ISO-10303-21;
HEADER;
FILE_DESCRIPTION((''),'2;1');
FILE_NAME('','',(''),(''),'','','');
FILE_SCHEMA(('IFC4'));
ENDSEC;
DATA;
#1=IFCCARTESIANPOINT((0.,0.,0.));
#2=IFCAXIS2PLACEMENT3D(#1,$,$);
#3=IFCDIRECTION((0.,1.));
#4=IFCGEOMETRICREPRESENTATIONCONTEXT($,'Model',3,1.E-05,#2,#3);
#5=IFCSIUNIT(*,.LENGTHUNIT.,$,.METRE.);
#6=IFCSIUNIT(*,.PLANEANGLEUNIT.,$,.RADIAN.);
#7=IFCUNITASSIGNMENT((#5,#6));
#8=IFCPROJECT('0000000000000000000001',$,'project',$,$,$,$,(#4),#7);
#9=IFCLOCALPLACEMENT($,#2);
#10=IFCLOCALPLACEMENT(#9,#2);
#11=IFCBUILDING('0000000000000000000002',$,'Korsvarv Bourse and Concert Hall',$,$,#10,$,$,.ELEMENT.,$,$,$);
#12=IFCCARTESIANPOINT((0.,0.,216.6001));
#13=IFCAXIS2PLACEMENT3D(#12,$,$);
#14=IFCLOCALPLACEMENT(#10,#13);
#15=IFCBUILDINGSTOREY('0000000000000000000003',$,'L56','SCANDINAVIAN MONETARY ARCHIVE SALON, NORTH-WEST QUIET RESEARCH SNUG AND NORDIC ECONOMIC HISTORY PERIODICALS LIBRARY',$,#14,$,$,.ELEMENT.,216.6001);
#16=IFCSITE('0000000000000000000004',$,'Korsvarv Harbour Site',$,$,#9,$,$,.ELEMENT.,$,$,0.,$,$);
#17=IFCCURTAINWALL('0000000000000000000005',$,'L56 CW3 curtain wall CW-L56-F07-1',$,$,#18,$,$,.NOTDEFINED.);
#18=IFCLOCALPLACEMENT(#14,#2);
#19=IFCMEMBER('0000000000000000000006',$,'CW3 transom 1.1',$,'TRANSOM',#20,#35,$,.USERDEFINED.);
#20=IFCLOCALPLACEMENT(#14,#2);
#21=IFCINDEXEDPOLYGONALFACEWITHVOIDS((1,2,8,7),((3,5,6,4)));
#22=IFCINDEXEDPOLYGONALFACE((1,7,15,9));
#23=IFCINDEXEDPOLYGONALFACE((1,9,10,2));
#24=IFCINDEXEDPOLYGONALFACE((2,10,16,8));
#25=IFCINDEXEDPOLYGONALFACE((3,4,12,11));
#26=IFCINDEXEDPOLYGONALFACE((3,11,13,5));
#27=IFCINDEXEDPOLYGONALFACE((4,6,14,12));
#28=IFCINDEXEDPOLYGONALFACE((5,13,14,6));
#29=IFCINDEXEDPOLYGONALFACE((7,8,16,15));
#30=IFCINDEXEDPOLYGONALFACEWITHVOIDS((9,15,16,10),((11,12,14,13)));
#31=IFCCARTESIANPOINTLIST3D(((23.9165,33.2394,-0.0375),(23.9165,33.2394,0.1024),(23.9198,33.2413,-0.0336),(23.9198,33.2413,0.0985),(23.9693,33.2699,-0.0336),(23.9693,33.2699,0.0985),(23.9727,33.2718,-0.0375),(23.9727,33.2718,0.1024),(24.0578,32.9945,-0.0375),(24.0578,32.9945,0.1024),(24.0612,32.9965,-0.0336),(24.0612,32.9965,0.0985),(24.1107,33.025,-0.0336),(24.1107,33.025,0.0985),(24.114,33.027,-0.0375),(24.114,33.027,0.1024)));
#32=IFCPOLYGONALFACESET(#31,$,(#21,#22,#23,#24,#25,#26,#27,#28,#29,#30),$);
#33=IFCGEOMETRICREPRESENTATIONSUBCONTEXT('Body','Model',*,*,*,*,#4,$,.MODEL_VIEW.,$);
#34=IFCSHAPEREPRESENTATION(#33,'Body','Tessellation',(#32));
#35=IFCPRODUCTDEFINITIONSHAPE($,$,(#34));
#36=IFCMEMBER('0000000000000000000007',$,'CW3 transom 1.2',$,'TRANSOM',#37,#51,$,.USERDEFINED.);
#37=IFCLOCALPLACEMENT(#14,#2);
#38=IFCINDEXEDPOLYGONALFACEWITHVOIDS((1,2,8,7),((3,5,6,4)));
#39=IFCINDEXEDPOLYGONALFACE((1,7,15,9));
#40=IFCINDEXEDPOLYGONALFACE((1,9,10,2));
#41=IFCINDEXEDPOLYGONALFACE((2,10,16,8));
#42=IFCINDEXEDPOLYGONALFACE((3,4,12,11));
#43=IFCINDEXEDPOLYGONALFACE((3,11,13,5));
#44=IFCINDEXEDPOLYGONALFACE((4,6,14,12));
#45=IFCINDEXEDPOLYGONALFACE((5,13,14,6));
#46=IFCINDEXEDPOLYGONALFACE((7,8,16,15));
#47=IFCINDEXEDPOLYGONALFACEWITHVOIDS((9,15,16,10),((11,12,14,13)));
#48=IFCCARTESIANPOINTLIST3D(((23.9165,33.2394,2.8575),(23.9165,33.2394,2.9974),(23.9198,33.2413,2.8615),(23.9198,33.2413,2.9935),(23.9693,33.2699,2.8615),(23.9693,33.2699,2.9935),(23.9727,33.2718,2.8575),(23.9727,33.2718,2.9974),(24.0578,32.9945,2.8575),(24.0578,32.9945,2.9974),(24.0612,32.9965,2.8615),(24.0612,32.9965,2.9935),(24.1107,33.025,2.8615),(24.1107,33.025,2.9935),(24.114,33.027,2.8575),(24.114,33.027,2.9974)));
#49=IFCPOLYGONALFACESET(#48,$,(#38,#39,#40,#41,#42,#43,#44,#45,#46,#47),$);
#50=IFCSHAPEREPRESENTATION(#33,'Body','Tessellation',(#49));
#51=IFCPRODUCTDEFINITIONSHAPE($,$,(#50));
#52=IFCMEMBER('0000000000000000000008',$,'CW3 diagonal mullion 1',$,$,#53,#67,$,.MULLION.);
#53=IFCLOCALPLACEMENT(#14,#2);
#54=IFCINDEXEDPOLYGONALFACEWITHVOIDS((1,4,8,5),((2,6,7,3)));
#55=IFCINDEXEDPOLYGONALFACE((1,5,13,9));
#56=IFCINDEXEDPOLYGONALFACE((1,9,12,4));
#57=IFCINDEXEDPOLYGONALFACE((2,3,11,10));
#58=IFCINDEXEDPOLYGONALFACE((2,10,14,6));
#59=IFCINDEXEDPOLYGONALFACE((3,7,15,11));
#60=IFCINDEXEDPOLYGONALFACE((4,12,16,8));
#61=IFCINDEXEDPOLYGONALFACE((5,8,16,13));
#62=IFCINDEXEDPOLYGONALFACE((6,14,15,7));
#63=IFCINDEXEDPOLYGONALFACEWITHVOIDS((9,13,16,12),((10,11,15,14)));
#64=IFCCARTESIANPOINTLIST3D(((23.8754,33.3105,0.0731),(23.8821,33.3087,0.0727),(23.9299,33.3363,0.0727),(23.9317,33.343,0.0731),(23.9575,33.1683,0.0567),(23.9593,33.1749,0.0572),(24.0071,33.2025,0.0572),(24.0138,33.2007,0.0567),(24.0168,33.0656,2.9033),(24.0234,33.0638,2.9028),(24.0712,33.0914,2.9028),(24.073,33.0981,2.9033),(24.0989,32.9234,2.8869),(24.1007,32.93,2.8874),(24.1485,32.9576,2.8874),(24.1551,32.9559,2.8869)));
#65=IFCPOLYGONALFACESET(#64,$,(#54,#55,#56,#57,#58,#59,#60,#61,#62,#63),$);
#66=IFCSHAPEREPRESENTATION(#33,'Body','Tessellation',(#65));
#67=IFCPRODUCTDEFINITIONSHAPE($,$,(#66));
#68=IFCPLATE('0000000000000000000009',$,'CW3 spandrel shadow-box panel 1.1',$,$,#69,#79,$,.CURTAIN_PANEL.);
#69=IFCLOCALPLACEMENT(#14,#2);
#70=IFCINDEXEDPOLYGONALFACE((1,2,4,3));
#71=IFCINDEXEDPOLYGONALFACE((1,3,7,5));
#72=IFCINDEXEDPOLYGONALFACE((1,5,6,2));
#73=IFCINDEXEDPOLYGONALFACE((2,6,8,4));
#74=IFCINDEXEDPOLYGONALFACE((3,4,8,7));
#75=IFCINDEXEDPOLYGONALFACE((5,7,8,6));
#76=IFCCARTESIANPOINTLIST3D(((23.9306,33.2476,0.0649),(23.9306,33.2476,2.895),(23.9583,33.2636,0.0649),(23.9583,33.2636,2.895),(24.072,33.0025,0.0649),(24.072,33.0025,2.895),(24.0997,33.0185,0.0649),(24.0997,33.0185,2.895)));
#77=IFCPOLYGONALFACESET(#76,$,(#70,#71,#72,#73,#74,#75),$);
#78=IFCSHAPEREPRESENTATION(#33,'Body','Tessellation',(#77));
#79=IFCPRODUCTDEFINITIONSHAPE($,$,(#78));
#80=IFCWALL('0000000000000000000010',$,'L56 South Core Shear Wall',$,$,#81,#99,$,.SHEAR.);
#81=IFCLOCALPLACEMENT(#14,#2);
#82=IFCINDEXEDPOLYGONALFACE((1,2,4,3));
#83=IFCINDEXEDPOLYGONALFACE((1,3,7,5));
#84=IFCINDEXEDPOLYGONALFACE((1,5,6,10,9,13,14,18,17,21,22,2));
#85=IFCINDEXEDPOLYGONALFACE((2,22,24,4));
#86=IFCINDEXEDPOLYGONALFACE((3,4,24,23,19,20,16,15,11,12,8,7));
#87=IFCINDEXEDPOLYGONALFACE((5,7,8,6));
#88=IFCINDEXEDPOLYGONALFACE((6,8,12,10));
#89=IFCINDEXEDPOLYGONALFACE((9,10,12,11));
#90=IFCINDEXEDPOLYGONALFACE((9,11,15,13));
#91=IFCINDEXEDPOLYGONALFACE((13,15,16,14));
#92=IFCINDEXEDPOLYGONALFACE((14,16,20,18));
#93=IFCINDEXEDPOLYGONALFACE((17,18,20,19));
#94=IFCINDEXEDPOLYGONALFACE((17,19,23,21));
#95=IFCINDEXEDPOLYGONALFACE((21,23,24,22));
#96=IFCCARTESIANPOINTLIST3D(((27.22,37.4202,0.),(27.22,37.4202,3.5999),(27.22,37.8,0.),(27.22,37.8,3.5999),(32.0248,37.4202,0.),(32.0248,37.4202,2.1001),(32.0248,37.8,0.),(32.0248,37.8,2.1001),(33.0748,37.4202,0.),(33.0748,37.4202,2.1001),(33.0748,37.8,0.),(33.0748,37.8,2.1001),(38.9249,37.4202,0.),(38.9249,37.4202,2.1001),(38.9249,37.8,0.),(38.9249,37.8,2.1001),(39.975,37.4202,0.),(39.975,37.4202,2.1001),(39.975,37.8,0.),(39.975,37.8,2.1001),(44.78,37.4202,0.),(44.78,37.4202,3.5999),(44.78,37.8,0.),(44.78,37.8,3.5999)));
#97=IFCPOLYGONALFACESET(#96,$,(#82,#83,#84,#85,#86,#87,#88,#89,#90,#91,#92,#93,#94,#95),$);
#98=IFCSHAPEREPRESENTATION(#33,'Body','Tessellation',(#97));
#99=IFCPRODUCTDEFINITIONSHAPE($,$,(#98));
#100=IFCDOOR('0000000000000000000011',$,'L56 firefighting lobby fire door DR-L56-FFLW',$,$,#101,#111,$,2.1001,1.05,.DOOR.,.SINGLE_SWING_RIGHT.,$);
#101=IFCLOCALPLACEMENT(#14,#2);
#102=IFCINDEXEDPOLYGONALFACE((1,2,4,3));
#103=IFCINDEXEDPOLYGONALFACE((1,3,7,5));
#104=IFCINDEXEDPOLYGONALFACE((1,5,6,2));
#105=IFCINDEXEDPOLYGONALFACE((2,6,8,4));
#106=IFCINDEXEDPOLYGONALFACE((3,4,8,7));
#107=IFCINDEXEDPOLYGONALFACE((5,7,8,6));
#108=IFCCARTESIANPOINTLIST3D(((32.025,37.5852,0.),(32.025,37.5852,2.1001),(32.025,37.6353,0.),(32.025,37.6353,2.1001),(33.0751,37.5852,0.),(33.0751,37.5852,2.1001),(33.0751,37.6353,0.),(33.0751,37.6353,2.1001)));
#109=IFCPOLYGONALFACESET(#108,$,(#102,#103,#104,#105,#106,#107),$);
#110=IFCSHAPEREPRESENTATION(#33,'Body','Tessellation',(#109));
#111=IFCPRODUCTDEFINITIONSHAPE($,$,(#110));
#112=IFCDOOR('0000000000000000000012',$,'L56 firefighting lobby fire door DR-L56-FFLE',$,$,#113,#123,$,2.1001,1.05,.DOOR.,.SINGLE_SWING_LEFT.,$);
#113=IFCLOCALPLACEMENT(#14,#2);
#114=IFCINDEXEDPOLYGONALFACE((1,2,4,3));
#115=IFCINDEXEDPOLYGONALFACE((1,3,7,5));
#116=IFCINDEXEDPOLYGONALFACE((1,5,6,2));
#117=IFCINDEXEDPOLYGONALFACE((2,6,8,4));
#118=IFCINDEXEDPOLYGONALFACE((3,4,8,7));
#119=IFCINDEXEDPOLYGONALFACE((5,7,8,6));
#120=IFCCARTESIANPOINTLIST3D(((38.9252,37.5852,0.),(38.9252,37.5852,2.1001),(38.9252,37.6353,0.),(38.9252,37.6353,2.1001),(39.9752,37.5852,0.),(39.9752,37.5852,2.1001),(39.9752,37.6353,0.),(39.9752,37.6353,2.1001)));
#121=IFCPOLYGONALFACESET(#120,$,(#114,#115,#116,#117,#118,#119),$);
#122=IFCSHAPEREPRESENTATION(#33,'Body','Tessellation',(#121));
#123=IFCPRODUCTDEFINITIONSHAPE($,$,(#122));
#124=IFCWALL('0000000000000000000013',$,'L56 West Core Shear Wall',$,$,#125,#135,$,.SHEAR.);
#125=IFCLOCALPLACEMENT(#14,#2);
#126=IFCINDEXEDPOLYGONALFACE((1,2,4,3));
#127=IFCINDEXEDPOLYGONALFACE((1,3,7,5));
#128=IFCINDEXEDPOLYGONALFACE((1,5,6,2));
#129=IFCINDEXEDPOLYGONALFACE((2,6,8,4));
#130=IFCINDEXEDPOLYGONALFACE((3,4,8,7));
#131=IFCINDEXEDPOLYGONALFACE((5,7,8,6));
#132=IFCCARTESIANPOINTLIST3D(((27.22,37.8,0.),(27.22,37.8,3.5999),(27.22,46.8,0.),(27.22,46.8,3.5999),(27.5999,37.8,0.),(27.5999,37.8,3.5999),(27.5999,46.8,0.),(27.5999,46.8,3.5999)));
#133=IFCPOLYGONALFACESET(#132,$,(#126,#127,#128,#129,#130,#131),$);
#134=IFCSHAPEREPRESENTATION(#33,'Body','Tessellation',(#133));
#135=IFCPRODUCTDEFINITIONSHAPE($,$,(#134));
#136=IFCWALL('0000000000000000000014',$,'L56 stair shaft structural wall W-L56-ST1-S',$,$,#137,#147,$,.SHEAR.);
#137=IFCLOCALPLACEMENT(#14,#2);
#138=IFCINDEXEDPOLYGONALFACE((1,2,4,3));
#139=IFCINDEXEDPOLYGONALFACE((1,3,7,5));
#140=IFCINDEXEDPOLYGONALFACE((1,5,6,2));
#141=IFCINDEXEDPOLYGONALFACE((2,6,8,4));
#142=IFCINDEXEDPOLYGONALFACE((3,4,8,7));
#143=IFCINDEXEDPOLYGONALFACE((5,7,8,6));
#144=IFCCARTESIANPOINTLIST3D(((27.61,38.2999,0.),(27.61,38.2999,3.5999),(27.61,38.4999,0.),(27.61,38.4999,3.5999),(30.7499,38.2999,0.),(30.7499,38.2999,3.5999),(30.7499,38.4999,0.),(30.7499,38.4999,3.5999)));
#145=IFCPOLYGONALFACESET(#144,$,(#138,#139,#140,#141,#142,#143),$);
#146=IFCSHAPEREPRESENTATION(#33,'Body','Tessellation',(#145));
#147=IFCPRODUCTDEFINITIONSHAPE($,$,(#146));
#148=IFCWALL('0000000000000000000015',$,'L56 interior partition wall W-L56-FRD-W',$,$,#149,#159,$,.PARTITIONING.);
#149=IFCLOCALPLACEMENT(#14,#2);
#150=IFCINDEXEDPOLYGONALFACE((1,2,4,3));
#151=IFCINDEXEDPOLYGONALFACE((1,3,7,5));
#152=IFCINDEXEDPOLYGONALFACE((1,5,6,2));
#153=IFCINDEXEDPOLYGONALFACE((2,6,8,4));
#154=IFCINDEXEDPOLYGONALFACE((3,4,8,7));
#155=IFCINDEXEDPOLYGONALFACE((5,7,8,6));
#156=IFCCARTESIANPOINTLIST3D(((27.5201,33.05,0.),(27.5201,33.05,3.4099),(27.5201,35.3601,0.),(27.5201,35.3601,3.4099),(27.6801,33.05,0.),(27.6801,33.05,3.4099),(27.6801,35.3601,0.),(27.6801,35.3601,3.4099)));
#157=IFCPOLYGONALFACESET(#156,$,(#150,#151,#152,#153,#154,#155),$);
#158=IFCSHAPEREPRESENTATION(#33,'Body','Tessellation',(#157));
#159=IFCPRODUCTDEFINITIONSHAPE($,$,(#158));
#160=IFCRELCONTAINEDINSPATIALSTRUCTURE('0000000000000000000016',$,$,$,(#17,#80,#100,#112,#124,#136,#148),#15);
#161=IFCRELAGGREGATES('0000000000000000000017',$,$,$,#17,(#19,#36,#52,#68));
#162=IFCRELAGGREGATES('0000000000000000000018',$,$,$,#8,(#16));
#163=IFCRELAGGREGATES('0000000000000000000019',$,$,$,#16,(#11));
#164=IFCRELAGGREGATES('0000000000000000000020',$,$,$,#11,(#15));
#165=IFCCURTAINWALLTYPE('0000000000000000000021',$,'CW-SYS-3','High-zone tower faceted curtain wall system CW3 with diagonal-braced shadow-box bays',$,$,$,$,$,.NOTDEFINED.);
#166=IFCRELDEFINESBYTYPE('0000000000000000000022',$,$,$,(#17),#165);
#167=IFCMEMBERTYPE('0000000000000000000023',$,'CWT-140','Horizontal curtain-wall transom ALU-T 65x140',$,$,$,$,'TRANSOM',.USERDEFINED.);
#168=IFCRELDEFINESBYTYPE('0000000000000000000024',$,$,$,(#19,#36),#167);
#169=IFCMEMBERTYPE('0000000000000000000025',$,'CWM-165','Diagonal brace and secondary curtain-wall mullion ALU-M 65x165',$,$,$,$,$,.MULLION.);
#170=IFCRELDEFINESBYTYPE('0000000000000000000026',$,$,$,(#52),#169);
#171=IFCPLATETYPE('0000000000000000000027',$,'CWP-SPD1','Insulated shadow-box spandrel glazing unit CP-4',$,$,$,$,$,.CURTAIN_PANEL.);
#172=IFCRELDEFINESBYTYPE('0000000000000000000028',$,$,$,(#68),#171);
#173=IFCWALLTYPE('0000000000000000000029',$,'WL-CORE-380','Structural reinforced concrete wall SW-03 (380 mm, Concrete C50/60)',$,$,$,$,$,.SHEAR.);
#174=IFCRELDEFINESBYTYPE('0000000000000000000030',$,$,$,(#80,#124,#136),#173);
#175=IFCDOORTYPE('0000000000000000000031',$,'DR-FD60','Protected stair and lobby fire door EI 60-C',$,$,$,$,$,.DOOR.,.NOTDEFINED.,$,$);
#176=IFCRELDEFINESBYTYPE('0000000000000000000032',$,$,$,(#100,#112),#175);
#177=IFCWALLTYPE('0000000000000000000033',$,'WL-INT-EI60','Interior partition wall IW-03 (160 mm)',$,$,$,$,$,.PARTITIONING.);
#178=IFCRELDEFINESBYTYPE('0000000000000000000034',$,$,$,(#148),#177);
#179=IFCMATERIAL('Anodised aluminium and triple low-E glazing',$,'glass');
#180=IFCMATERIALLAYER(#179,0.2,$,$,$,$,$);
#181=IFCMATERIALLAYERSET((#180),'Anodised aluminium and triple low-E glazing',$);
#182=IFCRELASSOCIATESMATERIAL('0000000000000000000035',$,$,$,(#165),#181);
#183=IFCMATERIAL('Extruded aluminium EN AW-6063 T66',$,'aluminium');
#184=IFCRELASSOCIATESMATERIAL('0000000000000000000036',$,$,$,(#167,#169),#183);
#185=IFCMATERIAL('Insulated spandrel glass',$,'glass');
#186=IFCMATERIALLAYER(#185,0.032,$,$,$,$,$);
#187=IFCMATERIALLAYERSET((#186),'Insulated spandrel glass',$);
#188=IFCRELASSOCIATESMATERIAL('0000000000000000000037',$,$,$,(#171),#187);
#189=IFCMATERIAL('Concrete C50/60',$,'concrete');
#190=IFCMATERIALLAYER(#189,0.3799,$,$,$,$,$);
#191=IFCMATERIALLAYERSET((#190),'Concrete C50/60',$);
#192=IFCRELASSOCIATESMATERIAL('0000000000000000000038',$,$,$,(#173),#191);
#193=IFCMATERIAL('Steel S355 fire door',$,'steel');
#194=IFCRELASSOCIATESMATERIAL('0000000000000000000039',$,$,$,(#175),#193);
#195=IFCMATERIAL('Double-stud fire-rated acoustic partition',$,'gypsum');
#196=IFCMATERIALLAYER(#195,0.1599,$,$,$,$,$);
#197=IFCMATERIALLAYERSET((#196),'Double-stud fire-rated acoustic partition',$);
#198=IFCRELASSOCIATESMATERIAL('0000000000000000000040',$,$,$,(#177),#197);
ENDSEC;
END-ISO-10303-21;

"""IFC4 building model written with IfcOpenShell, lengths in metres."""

from ifc_helpers import new_model, si_unit, direction, frame, frame_2d, origin, origin_2d, place, context, subcontext, project, spatial, rectangle, hollow_rectangle, extrude, source, transform, mapped, material, layer, layer_set, material_profile, profile_set, type_object, element, fill, aggregate, save


model = new_model("IFC4")

# Units and contexts
model_context = context("Model", 3, precision=1e-05, world=origin(), true_north=direction((0.0, 1.0)))
body_context = subcontext(model_context, "Body", "Model", "MODEL_VIEW")
ifc_project = project(units=[si_unit("LENGTHUNIT", "METRE"), si_unit("PLANEANGLEUNIT", "RADIAN")], contexts=[model_context])

# Site, building, storey
site_placement = place(None, origin())
site = spatial("IfcSite", under=ifc_project, at=site_placement, Name="Korsvarv Harbour Site", CompositionType="ELEMENT", RefElevation=0.0)
building_placement = place(site_placement, origin())
building = spatial("IfcBuilding", under=site, at=building_placement, Name="Korsvarv Bourse and Concert Hall", CompositionType="ELEMENT")
storey_placement = place(building_placement, frame((0.0, 0.0, 216.6001)))
storey = spatial("IfcBuildingStorey", under=building, at=storey_placement, Name="L56", Description="SCANDINAVIAN MONETARY ARCHIVE SALON, NORTH-WEST QUIET RESEARCH SNUG AND NORDIC ECONOMIC HISTORY PERIODICALS LIBRARY", CompositionType="ELEMENT", Elevation=216.6001)

# Curtain wall, members, plate
ifc_material_1 = material(Name="Anodised aluminium and triple low-E glazing", Category="glass")
ifc_layer_1 = layer(ifc_material_1, 0.2)
ifc_layer_set_1 = layer_set([ifc_layer_1], Name="Anodised aluminium and triple low-E glazing")
curtain_wall_type = type_object("IfcCurtainWallType", Name="CW-SYS-3", Description="High-zone tower faceted curtain wall system CW3 with diagonal-braced shadow-box bays", PredefinedType="NOTDEFINED", material=ifc_layer_set_1)
curtain_wall_placement = place(storey_placement, origin())
curtain_wall = element("IfcCurtainWall", 1, at=curtain_wall_placement, inside=storey, type_object=curtain_wall_type, Name="L56 CW3 curtain wall CW-L56-F07-1", PredefinedType="NOTDEFINED")
ifc_material_2 = material(Name="Extruded aluminium EN AW-6063 T66", Category="aluminium")
ifc_material_profile_1 = material_profile(ifc_material_2, hollow_rectangle(XDim=0.0649, YDim=0.1399, WallThickness=0.0039, at=origin_2d()), Name="ALU-T 65x140")
ifc_profile_set_1 = profile_set([ifc_material_profile_1], Name="Extruded aluminium EN AW-6063 T66")
member_type_1 = type_object("IfcMemberType", Name="CWT-140", Description="Horizontal curtain-wall transom ALU-T 65x140", ElementType="TRANSOM", PredefinedType="USERDEFINED", material=ifc_profile_set_1)
shared_shape_1 = source(origin(), body_context, "Body", "SweptSolid", [
    extrude(hollow_rectangle(XDim=0.0649, YDim=0.1399, WallThickness=0.0039, at=origin_2d()), origin(), (0.0, 0.0, 1.0), 0.2827),
])
member_1_placement = place(storey_placement, frame((23.9446, 33.2556, 0.0325), z_axis=(0.499947, -0.866056, 0.0), x_axis=(0.866056, 0.499947, 0.0)))
member_1 = element("IfcMember", 2, at=member_1_placement, type_object=member_type_1, Name="CW3 transom 1.1", ObjectType="TRANSOM", PredefinedType="USERDEFINED", context=body_context, shape_type="MappedRepresentation", body=[
    mapped(shared_shape_1, transform((0.0, 0.0, 0.0), scale=1.0)),
])
member_2_placement = place(storey_placement, frame((23.9446, 33.2556, 2.9275), z_axis=(0.499947, -0.866056, 0.0), x_axis=(0.866056, 0.499947, 0.0)))
member_2 = element("IfcMember", 3, at=member_2_placement, type_object=member_type_1, Name="CW3 transom 1.2", ObjectType="TRANSOM", PredefinedType="USERDEFINED", context=body_context, shape_type="MappedRepresentation", body=[
    mapped(shared_shape_1, transform((0.0, 0.0, 0.0), scale=1.0)),
])
ifc_material_profile_2 = material_profile(ifc_material_2, hollow_rectangle(XDim=0.0649, YDim=0.165, WallThickness=0.0049, at=origin_2d()), Name="ALU-M 65x165")
ifc_profile_set_2 = profile_set([ifc_material_profile_2], Name="Extruded aluminium EN AW-6063 T66")
member_type_2 = type_object("IfcMemberType", Name="CWM-165", Description="Diagonal brace and secondary curtain-wall mullion ALU-M 65x165", PredefinedType="MULLION", material=ifc_profile_set_2)
shared_shape_2 = source(origin(), body_context, "Body", "SweptSolid", [
    extrude(hollow_rectangle(XDim=0.0649, YDim=0.165, WallThickness=0.0049, at=origin_2d()), origin(), (0.0, 0.0, 1.0), 2.8442),
])
member_3_placement = place(storey_placement, frame((23.9446, 33.2556, 0.0649), z_axis=(0.049701, -0.086097, 0.995046), x_axis=(0.866056, 0.499947, 0.0)))
member_3 = element("IfcMember", 4, at=member_3_placement, type_object=member_type_2, Name="CW3 diagonal mullion 1", PredefinedType="MULLION", context=body_context, shape_type="MappedRepresentation", body=[
    mapped(shared_shape_2, transform((0.0, 0.0, 0.0), scale=1.0)),
])
ifc_material_3 = material(Name="Insulated spandrel glass", Category="glass")
ifc_layer_2 = layer(ifc_material_3, 0.032)
ifc_layer_set_2 = layer_set([ifc_layer_2], Name="Insulated spandrel glass")
plate_type = type_object("IfcPlateType", Name="CWP-SPD1", Description="Insulated shadow-box spandrel glazing unit CP-4", PredefinedType="CURTAIN_PANEL", material=ifc_layer_set_2)
shared_shape_3 = source(origin(), body_context, "Body", "SweptSolid", [
    extrude(rectangle(XDim=0.283, YDim=0.032, at=origin_2d()), origin(), (0.0, 0.0, 1.0), 2.8301),
])
plate_placement = place(storey_placement, frame((24.0151, 33.1331, 0.0649), z_axis=(0.0, 0.0, 1.0), x_axis=(0.499954, -0.866052, 0.0)))
plate = element("IfcPlate", 5, at=plate_placement, type_object=plate_type, Name="CW3 spandrel shadow-box panel 1.1", PredefinedType="CURTAIN_PANEL", context=body_context, shape_type="MappedRepresentation", body=[
    mapped(shared_shape_3, transform((0.0, 0.0, 0.0), scale=1.0)),
])
aggregate(curtain_wall, [member_1, member_2, member_3, plate])

# Wall, openings, doors
ifc_material_4 = material(Name="Concrete C50/60", Category="concrete")
ifc_layer_3 = layer(ifc_material_4, 0.3799)
ifc_layer_set_3 = layer_set([ifc_layer_3], Name="Concrete C50/60")
wall_type_1 = type_object("IfcWallType", Name="WL-CORE-380", Description="Structural reinforced concrete wall SW-03 (380 mm, Concrete C50/60)", PredefinedType="SHEAR", material=ifc_layer_set_3)
wall_1_placement = place(storey_placement, frame((27.22, 37.6101, 0.0), z_axis=(0.0, 0.0, 1.0), x_axis=(1.0, 0.0, 0.0)))
wall_1 = element("IfcWall", 6, at=wall_1_placement, inside=storey, type_object=wall_type_1, Name="L56 South Core Shear Wall", PredefinedType="SHEAR", context=body_context, shape_type="SweptSolid", body=[
    extrude(rectangle(XDim=17.5601, YDim=0.3799, at=frame_2d((8.78, 0.0))), origin(), (0.0, 0.0, 1.0), 3.5999),
])
opening_1_placement = place(wall_1_placement, frame((4.8049, 0.0, 0.0)))
opening_1 = element("IfcOpeningElement", 7, at=opening_1_placement, cuts=wall_1, PredefinedType="OPENING", context=body_context, shape_type="SweptSolid", body=[
    extrude(rectangle(XDim=1.05, YDim=2.1001, at=frame_2d((0.5249, 1.05))), frame((0.0, 0.2, 0.0), z_axis=(0.0, -1.0, 0.0), x_axis=(1.0, 0.0, 0.0)), (0.0, 0.0, 1.0), 0.3999),
])
opening_2_placement = place(wall_1_placement, frame((11.7051, 0.0, 0.0)))
opening_2 = element("IfcOpeningElement", 8, at=opening_2_placement, cuts=wall_1, PredefinedType="OPENING", context=body_context, shape_type="SweptSolid", body=[
    extrude(rectangle(XDim=1.05, YDim=2.1001, at=frame_2d((0.5249, 1.05))), frame((0.0, 0.2, 0.0), z_axis=(0.0, -1.0, 0.0), x_axis=(1.0, 0.0, 0.0)), (0.0, 0.0, 1.0), 0.3999),
])
ifc_material_5 = material(Name="Steel S355 fire door", Category="steel")
door_type = type_object("IfcDoorType", Name="DR-FD60", Description="Protected stair and lobby fire door EI 60-C", OperationType="NOTDEFINED", PredefinedType="DOOR", material=ifc_material_5)
door_1_placement = place(opening_1_placement, frame((1.05, 0.0, 0.0), z_axis=(0.0, 0.0, 1.0), x_axis=(-1.0, 0.0, 0.0)))
door_1 = element("IfcDoor", 9, at=door_1_placement, inside=storey, type_object=door_type, Name="L56 firefighting lobby fire door DR-L56-FFLW", OperationType="SINGLE_SWING_RIGHT", OverallHeight=2.1001, OverallWidth=1.05, PredefinedType="DOOR", context=body_context, shape_type="SweptSolid", body=[
    extrude(rectangle(XDim=1.05, YDim=2.1001, at=frame_2d((0.5249, 1.05))), frame((0.0, 0.0249, 0.0), z_axis=(0.0, -1.0, 0.0), x_axis=(1.0, 0.0, 0.0)), (0.0, 0.0, 1.0), 0.05),
])
fill(opening_1, door_1)
door_2_placement = place(opening_2_placement, frame((1.05, 0.0, 0.0), z_axis=(0.0, 0.0, 1.0), x_axis=(-1.0, 0.0, 0.0)))
door_2 = element("IfcDoor", 10, at=door_2_placement, inside=storey, type_object=door_type, Name="L56 firefighting lobby fire door DR-L56-FFLE", OperationType="SINGLE_SWING_LEFT", OverallHeight=2.1001, OverallWidth=1.05, PredefinedType="DOOR", context=body_context, shape_type="SweptSolid", body=[
    extrude(rectangle(XDim=1.05, YDim=2.1001, at=frame_2d((0.5249, 1.05))), frame((0.0, 0.0249, 0.0), z_axis=(0.0, -1.0, 0.0), x_axis=(1.0, 0.0, 0.0)), (0.0, 0.0, 1.0), 0.05),
])
fill(opening_2, door_2)

# Walls
wall_2_placement = place(storey_placement, frame((27.4099, 37.8, 0.0), z_axis=(0.0, 0.0, 1.0), x_axis=(0.0, 1.0, 0.0)))
element("IfcWall", 11, at=wall_2_placement, inside=storey, type_object=wall_type_1, Name="L56 West Core Shear Wall", PredefinedType="SHEAR", context=body_context, shape_type="SweptSolid", body=[
    extrude(rectangle(XDim=9.0, YDim=0.3799, at=frame_2d((4.5, 0.0))), origin(), (0.0, 0.0, 1.0), 3.5999),
])
wall_3_placement = place(storey_placement, frame((27.6101, 38.3999, 0.0), z_axis=(0.0, 0.0, 1.0), x_axis=(1.0, 0.0, 0.0)))
element("IfcWall", 12, at=wall_3_placement, inside=storey, type_object=wall_type_1, Name="L56 stair shaft structural wall W-L56-ST1-S", PredefinedType="SHEAR", context=body_context, shape_type="SweptSolid", body=[
    extrude(rectangle(XDim=3.1399, YDim=0.2, at=frame_2d((1.5698, 0.0))), origin(), (0.0, 0.0, 1.0), 3.5999),
])
ifc_material_6 = material(Name="Double-stud fire-rated acoustic partition", Category="gypsum")
ifc_layer_4 = layer(ifc_material_6, 0.1599)
ifc_layer_set_4 = layer_set([ifc_layer_4], Name="Double-stud fire-rated acoustic partition")
wall_type_2 = type_object("IfcWallType", Name="WL-INT-EI60", Description="Interior partition wall IW-03 (160 mm)", PredefinedType="PARTITIONING", material=ifc_layer_set_4)
wall_4_placement = place(storey_placement, frame((27.6001, 33.05, 0.0), z_axis=(0.0, 0.0, 1.0), x_axis=(0.0, 1.0, 0.0)))
element("IfcWall", 13, at=wall_4_placement, inside=storey, type_object=wall_type_2, Name="L56 interior partition wall W-L56-FRD-W", PredefinedType="PARTITIONING", context=body_context, shape_type="SweptSolid", body=[
    extrude(rectangle(XDim=2.3101, YDim=0.1599, at=frame_2d((1.155, 0.0))), origin(), (0.0, 0.0, 1.0), 3.4099),
])

save(model, "model.ifc")
